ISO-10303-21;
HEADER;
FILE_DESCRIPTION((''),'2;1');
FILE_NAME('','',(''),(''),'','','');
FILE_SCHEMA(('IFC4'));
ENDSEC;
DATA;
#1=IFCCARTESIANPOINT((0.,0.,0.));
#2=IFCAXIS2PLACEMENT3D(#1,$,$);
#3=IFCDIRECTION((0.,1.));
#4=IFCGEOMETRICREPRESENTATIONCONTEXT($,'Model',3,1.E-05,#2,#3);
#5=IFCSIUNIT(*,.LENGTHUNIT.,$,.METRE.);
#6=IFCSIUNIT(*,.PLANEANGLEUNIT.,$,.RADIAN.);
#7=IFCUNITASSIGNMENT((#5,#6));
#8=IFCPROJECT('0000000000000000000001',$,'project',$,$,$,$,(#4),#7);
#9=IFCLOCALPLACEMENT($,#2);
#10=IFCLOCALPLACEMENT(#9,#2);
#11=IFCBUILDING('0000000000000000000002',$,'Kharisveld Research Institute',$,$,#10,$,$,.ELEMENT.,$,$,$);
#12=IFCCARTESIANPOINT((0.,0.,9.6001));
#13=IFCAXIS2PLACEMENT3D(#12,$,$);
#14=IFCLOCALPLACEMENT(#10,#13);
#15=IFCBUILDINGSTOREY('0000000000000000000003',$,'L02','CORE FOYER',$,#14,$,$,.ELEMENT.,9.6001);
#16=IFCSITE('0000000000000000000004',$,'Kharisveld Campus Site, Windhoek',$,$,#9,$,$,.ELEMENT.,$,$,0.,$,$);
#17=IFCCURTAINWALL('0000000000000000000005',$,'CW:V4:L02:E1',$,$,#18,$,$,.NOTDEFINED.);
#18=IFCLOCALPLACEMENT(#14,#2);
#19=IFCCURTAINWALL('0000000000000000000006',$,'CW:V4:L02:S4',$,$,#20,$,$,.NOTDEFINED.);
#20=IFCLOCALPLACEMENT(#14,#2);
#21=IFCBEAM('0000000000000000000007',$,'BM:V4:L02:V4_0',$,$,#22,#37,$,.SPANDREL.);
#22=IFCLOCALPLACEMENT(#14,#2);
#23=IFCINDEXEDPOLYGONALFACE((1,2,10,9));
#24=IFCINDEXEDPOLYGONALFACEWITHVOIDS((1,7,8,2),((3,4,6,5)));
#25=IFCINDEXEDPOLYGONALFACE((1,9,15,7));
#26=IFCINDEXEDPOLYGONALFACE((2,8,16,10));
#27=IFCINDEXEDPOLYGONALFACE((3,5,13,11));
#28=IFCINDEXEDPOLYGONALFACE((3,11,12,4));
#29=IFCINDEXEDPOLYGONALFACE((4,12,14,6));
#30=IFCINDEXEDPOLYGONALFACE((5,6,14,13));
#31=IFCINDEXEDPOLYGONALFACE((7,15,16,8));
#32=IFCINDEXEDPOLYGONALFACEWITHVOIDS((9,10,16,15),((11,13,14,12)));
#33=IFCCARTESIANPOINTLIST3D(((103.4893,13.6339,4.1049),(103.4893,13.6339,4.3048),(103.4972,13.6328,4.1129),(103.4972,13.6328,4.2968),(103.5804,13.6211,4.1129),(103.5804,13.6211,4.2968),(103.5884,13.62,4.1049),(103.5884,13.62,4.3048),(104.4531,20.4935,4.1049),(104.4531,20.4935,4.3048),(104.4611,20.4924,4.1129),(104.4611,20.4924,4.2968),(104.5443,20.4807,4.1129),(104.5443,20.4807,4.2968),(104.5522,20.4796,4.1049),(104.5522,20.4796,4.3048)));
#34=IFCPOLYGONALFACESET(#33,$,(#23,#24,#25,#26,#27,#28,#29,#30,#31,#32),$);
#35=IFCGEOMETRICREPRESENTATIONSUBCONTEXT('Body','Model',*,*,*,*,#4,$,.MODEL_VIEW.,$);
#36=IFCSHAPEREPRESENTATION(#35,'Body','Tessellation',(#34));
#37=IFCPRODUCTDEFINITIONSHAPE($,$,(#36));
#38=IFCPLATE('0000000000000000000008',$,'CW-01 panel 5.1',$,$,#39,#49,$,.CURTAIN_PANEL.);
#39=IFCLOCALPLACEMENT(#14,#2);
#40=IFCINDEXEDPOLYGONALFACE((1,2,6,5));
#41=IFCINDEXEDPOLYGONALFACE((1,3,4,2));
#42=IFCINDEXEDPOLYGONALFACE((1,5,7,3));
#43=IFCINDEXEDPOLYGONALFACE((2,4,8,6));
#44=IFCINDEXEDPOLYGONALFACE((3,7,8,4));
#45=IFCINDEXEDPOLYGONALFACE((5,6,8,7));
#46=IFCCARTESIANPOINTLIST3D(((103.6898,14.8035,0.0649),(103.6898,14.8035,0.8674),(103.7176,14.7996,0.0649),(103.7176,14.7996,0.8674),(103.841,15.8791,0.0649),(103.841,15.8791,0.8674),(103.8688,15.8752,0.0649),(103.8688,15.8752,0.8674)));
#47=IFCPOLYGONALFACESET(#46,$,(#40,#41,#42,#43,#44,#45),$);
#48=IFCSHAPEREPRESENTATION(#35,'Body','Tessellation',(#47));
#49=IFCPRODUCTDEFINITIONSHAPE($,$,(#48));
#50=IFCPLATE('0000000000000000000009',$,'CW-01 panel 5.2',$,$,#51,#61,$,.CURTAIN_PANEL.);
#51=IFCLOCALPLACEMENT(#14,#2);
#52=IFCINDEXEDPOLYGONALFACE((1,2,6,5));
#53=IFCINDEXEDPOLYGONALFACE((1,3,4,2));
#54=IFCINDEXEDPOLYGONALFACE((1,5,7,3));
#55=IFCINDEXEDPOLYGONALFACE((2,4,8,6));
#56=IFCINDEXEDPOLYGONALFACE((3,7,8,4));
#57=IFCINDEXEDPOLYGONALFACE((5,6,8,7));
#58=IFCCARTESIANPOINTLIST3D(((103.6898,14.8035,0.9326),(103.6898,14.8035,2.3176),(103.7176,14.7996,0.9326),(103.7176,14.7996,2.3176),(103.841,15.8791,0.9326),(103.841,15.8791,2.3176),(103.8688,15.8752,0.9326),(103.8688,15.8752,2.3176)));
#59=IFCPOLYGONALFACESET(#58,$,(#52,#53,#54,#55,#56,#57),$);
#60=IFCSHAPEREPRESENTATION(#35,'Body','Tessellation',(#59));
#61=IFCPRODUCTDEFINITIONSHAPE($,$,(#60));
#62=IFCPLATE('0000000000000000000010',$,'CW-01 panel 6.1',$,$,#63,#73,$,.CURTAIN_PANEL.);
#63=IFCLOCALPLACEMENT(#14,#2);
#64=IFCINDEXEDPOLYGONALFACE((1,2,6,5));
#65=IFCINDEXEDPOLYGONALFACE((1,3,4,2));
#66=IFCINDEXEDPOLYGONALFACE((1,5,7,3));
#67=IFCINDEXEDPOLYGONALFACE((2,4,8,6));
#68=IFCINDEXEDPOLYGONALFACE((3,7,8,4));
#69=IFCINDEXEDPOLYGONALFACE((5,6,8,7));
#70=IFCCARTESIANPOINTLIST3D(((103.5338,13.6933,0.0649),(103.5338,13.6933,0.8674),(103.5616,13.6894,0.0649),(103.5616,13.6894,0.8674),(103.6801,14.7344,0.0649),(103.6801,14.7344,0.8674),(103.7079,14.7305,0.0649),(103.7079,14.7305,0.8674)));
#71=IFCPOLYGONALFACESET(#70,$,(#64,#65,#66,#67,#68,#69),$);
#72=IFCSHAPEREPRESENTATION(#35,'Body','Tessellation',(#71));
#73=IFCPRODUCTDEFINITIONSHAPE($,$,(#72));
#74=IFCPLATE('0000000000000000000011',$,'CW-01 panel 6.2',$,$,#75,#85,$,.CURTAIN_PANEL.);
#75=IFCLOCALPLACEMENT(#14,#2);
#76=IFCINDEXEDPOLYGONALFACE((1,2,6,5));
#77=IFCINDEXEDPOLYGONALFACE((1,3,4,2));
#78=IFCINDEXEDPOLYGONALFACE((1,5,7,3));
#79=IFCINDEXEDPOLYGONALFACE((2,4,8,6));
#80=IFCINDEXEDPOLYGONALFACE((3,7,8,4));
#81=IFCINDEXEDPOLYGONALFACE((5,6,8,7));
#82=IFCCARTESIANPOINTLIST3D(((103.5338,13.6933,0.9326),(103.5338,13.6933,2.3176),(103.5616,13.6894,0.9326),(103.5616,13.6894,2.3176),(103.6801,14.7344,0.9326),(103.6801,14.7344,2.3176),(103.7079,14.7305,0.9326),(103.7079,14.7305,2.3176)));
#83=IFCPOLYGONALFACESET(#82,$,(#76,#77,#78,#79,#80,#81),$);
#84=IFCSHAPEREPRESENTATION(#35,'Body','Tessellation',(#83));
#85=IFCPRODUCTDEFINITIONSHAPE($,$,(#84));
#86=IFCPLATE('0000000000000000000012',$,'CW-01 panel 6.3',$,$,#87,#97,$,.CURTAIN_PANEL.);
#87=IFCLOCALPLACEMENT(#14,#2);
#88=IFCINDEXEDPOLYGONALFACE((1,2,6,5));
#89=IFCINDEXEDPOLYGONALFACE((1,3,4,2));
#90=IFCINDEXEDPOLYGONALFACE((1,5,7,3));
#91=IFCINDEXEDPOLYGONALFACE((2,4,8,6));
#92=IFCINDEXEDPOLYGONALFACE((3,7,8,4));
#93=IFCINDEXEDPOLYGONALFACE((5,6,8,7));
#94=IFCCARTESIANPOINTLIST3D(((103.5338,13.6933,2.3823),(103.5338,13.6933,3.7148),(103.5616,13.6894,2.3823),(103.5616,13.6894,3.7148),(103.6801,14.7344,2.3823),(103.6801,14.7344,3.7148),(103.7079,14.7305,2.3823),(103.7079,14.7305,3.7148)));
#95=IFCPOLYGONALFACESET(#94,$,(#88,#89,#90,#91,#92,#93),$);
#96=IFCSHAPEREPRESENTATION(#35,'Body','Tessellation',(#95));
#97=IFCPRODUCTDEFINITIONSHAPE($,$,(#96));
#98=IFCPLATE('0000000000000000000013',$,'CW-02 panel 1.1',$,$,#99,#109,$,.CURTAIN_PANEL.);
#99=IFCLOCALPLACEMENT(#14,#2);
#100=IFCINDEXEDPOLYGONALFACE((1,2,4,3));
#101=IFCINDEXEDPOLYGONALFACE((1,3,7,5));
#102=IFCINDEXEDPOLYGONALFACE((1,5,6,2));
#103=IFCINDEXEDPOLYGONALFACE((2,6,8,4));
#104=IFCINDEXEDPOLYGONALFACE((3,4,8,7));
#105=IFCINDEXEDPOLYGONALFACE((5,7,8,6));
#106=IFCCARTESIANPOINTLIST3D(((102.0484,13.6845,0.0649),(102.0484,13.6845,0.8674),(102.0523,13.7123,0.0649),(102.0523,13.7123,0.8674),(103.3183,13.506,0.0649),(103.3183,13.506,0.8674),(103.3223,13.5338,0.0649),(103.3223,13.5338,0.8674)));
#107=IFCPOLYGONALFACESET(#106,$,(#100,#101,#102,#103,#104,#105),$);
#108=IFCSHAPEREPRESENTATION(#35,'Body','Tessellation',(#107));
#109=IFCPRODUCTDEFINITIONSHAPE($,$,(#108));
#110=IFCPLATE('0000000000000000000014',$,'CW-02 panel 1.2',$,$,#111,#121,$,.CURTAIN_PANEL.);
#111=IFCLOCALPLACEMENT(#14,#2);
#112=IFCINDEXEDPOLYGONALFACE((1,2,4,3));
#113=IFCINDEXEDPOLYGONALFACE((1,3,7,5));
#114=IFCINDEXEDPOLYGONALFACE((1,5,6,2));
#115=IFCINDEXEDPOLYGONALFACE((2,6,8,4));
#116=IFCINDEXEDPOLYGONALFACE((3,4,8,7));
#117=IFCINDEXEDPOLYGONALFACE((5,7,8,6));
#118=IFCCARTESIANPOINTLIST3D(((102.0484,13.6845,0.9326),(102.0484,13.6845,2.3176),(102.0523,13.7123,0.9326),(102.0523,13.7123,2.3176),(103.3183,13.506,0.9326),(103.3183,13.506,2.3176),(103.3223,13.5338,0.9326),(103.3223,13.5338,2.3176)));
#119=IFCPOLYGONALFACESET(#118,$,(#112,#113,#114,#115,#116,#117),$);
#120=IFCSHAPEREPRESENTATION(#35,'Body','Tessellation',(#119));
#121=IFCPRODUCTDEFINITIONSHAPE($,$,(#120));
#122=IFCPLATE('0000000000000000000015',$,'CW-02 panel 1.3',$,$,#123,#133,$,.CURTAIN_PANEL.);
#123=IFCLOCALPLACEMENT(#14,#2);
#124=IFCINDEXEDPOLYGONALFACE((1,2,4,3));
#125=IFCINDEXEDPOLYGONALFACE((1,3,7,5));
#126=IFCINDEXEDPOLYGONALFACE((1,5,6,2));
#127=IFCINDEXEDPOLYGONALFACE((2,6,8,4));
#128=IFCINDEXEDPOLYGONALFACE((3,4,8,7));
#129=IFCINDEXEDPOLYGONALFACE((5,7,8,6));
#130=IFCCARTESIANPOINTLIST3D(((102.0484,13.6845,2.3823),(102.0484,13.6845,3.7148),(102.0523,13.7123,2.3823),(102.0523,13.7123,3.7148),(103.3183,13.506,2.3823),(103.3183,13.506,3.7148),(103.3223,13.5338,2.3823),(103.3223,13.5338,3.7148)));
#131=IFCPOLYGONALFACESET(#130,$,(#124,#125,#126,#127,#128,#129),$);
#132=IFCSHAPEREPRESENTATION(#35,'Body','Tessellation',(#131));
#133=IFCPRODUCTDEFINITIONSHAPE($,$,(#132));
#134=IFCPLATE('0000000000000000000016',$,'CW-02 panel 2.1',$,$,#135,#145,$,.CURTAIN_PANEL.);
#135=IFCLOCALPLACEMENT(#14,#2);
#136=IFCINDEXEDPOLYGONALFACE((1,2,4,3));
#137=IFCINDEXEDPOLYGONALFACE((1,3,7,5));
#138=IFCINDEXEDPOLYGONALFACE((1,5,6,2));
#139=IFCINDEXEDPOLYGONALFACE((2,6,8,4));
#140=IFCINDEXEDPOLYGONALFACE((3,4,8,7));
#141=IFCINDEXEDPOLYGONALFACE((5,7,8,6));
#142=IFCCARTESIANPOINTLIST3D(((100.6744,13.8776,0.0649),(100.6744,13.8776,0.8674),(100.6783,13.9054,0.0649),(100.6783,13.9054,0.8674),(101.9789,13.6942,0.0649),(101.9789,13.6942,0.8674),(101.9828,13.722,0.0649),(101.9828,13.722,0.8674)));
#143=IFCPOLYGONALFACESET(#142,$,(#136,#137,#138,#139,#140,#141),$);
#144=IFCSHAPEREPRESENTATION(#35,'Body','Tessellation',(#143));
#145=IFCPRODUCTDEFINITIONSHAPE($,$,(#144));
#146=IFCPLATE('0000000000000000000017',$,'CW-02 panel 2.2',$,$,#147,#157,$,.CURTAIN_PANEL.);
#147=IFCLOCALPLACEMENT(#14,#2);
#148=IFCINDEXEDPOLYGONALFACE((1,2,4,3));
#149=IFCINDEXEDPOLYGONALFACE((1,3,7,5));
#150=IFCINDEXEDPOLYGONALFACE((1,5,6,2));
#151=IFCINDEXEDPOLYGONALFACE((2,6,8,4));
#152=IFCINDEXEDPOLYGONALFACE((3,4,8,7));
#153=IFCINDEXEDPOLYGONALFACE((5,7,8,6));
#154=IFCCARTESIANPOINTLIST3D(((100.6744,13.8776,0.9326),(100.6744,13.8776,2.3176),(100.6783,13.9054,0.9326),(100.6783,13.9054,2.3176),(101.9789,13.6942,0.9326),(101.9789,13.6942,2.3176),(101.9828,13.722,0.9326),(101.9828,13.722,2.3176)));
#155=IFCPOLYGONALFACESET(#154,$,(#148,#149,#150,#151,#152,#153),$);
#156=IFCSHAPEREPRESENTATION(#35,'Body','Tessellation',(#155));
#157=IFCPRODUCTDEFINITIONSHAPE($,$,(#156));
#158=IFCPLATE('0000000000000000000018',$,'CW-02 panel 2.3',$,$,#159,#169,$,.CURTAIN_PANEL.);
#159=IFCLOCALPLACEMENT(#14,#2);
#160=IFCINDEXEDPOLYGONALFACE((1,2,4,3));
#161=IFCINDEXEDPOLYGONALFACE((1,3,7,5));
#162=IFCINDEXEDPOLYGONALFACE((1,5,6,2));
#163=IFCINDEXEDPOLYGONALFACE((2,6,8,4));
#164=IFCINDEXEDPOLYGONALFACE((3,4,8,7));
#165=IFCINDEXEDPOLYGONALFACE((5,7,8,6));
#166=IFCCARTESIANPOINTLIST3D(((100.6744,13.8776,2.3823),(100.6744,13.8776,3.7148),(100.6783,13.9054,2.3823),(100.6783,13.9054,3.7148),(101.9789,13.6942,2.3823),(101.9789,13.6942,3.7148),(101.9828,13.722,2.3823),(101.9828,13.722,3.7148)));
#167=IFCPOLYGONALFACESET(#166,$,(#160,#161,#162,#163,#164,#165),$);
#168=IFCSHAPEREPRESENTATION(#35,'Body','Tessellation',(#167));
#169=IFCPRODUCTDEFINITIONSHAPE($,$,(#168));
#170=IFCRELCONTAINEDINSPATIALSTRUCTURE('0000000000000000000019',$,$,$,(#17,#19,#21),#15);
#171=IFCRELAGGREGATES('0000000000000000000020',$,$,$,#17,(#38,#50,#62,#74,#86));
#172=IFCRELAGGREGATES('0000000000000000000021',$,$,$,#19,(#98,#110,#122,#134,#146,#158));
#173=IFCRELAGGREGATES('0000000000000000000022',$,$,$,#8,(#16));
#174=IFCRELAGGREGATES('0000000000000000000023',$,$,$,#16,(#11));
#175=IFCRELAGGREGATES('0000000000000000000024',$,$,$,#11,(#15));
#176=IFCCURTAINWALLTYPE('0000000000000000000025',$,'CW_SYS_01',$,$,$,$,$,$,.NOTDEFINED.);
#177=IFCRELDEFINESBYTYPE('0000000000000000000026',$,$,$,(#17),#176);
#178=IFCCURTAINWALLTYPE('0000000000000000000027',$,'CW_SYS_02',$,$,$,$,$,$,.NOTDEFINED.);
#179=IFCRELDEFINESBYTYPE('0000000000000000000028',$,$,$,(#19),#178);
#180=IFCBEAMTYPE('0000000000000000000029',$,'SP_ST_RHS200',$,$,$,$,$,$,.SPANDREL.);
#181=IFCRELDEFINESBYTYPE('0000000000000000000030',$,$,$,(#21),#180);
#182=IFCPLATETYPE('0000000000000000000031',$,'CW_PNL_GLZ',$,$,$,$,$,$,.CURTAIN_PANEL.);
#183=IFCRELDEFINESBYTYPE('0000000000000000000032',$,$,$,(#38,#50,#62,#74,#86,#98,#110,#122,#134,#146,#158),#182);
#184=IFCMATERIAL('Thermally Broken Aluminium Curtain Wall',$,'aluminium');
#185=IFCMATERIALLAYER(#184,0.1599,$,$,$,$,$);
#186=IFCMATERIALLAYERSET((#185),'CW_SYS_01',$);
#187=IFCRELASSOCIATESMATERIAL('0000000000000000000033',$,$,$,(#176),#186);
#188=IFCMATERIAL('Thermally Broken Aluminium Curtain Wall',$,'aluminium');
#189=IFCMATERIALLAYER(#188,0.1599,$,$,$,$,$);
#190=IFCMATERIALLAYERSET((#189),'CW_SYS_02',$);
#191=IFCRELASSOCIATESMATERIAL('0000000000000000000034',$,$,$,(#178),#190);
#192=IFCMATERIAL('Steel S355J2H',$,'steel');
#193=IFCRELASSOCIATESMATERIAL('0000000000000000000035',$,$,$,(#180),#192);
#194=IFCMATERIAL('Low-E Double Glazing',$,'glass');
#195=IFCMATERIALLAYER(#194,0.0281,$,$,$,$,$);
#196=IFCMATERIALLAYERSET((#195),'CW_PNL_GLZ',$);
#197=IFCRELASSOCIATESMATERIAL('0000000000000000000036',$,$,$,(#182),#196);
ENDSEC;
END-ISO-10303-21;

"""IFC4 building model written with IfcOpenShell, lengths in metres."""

from ifc_helpers import new_model, si_unit, direction, frame, origin, origin_2d, place, context, subcontext, project, spatial, rectangle, hollow_rectangle, extrude, material, layer, layer_set, material_profile, profile_set, type_object, element, aggregate, save


model = new_model("IFC4")

# Units and contexts
model_context = context("Model", 3, precision=1e-05, world=origin(), true_north=direction((0.0, 1.0)))
body_context = subcontext(model_context, "Body", "Model", "MODEL_VIEW")
ifc_project = project(units=[si_unit("LENGTHUNIT", "METRE"), si_unit("PLANEANGLEUNIT", "RADIAN")], contexts=[model_context])

# Site, building, storey
site_placement = place(None, origin())
site = spatial("IfcSite", under=ifc_project, at=site_placement, Name="Kharisveld Campus Site, Windhoek", CompositionType="ELEMENT", RefElevation=0.0)
building_placement = place(site_placement, origin())
building = spatial("IfcBuilding", under=site, at=building_placement, Name="Kharisveld Research Institute", CompositionType="ELEMENT")
storey_placement = place(building_placement, frame((0.0, 0.0, 9.6001)))
storey = spatial("IfcBuildingStorey", under=building, at=storey_placement, Name="L02", Description="CORE FOYER", CompositionType="ELEMENT", Elevation=9.6001)

# Curtain walls
ifc_material_1 = material(Name="Thermally Broken Aluminium Curtain Wall", Category="aluminium")
ifc_layer_1 = layer(ifc_material_1, 0.1599)
ifc_layer_set_1 = layer_set([ifc_layer_1], Name="CW_SYS_01")
curtain_wall_type_1 = type_object("IfcCurtainWallType", Name="CW_SYS_01", PredefinedType="NOTDEFINED", material=ifc_layer_set_1)
curtain_wall_1_placement = place(storey_placement, origin())
curtain_wall_1 = element("IfcCurtainWall", 1, at=curtain_wall_1_placement, inside=storey, type_object=curtain_wall_type_1, Name="CW:V4:L02:E1", PredefinedType="NOTDEFINED")
ifc_material_2 = material(Name="Thermally Broken Aluminium Curtain Wall", Category="aluminium")
ifc_layer_2 = layer(ifc_material_2, 0.1599)
ifc_layer_set_2 = layer_set([ifc_layer_2], Name="CW_SYS_02")
curtain_wall_type_2 = type_object("IfcCurtainWallType", Name="CW_SYS_02", PredefinedType="NOTDEFINED", material=ifc_layer_set_2)
curtain_wall_2_placement = place(storey_placement, origin())
curtain_wall_2 = element("IfcCurtainWall", 2, at=curtain_wall_2_placement, inside=storey, type_object=curtain_wall_type_2, Name="CW:V4:L02:S4", PredefinedType="NOTDEFINED")

# Beam
ifc_material_3 = material(Name="Steel S355J2H", Category="steel")
ifc_material_profile_1 = material_profile(ifc_material_3, hollow_rectangle(XDim=0.1001, YDim=0.2, WallThickness=0.0081, at=origin_2d()))
ifc_profile_set_1 = profile_set([ifc_material_profile_1], Name="Steel S355J2H")
beam_type = type_object("IfcBeamType", Name="SP_ST_RHS200", PredefinedType="SPANDREL", material=ifc_profile_set_1)
beam_placement = place(storey_placement, frame((103.5388, 13.627, 4.2048), z_axis=(0.139146, 0.990272, 0.0), x_axis=(-0.990272, 0.139146, 0.0)))
element("IfcBeam", 3, at=beam_placement, inside=storey, type_object=beam_type, Name="BM:V4:L02:V4_0", PredefinedType="SPANDREL", context=body_context, shape_type="SweptSolid", body=[
    extrude(hollow_rectangle(XDim=0.1001, YDim=0.2, WallThickness=0.0081, at=origin_2d()), origin(), (0.0, 0.0, 1.0), 6.927),
])

# Plates
ifc_material_4 = material(Name="Low-E Double Glazing", Category="glass")
ifc_layer_3 = layer(ifc_material_4, 0.0281)
ifc_layer_set_3 = layer_set([ifc_layer_3], Name="CW_PNL_GLZ")
plate_type = type_object("IfcPlateType", Name="CW_PNL_GLZ", PredefinedType="CURTAIN_PANEL", material=ifc_layer_set_3)
plate_1_placement = place(storey_placement, frame((103.7793, 15.3394, 0.0649), z_axis=(0.0, 0.0, 1.0), x_axis=(-0.139173, -0.990268, 0.0)))
plate_1 = element("IfcPlate", 4, at=plate_1_placement, type_object=plate_type, Name="CW-01 panel 5.1", PredefinedType="CURTAIN_PANEL", context=body_context, shape_type="SweptSolid", body=[
    extrude(rectangle(XDim=1.0862, YDim=0.0281, at=origin_2d()), origin(), (0.0, 0.0, 1.0), 0.8025),
])
plate_2_placement = place(storey_placement, frame((103.7793, 15.3394, 0.9326), z_axis=(0.0, 0.0, 1.0), x_axis=(-0.139173, -0.990268, 0.0)))
plate_2 = element("IfcPlate", 5, at=plate_2_placement, type_object=plate_type, Name="CW-01 panel 5.2", PredefinedType="CURTAIN_PANEL", context=body_context, shape_type="SweptSolid", body=[
    extrude(rectangle(XDim=1.0862, YDim=0.0281, at=origin_2d()), origin(), (0.0, 0.0, 1.0), 1.385),
])
plate_3_placement = place(storey_placement, frame((103.6208, 14.2119, 0.0649), z_axis=(0.0, 0.0, 1.0), x_axis=(-0.139173, -0.990268, 0.0)))
plate_3 = element("IfcPlate", 6, at=plate_3_placement, type_object=plate_type, Name="CW-01 panel 6.1", PredefinedType="CURTAIN_PANEL", context=body_context, shape_type="SweptSolid", body=[
    extrude(rectangle(XDim=1.0513, YDim=0.0281, at=origin_2d()), origin(), (0.0, 0.0, 1.0), 0.8025),
])
plate_4_placement = place(storey_placement, frame((103.6208, 14.2119, 0.9326), z_axis=(0.0, 0.0, 1.0), x_axis=(-0.139173, -0.990268, 0.0)))
plate_4 = element("IfcPlate", 7, at=plate_4_placement, type_object=plate_type, Name="CW-01 panel 6.2", PredefinedType="CURTAIN_PANEL", context=body_context, shape_type="SweptSolid", body=[
    extrude(rectangle(XDim=1.0513, YDim=0.0281, at=origin_2d()), origin(), (0.0, 0.0, 1.0), 1.385),
])
plate_5_placement = place(storey_placement, frame((103.6208, 14.2119, 2.3823), z_axis=(0.0, 0.0, 1.0), x_axis=(-0.139173, -0.990268, 0.0)))
plate_5 = element("IfcPlate", 8, at=plate_5_placement, type_object=plate_type, Name="CW-01 panel 6.3", PredefinedType="CURTAIN_PANEL", context=body_context, shape_type="SweptSolid", body=[
    extrude(rectangle(XDim=1.0513, YDim=0.0281, at=origin_2d()), origin(), (0.0, 0.0, 1.0), 1.3325),
])
aggregate(curtain_wall_1, [plate_1, plate_2, plate_3, plate_4, plate_5])
plate_6_placement = place(storey_placement, frame((102.6853, 13.6091, 0.0649), z_axis=(0.0, 0.0, 1.0), x_axis=(-0.990268, 0.139173, 0.0)))
plate_6 = element("IfcPlate", 9, at=plate_6_placement, type_object=plate_type, Name="CW-02 panel 1.1", PredefinedType="CURTAIN_PANEL", context=body_context, shape_type="SweptSolid", body=[
    extrude(rectangle(XDim=1.2825, YDim=0.0281, at=origin_2d()), origin(), (0.0, 0.0, 1.0), 0.8025),
])
plate_7_placement = place(storey_placement, frame((102.6853, 13.6091, 0.9326), z_axis=(0.0, 0.0, 1.0), x_axis=(-0.990268, 0.139173, 0.0)))
plate_7 = element("IfcPlate", 10, at=plate_7_placement, type_object=plate_type, Name="CW-02 panel 1.2", PredefinedType="CURTAIN_PANEL", context=body_context, shape_type="SweptSolid", body=[
    extrude(rectangle(XDim=1.2825, YDim=0.0281, at=origin_2d()), origin(), (0.0, 0.0, 1.0), 1.385),
])
plate_8_placement = place(storey_placement, frame((102.6853, 13.6091, 2.3823), z_axis=(0.0, 0.0, 1.0), x_axis=(-0.990268, 0.139173, 0.0)))
plate_8 = element("IfcPlate", 11, at=plate_8_placement, type_object=plate_type, Name="CW-02 panel 1.3", PredefinedType="CURTAIN_PANEL", context=body_context, shape_type="SweptSolid", body=[
    extrude(rectangle(XDim=1.2825, YDim=0.0281, at=origin_2d()), origin(), (0.0, 0.0, 1.0), 1.3325),
])
plate_9_placement = place(storey_placement, frame((101.3286, 13.7998, 0.0649), z_axis=(0.0, 0.0, 1.0), x_axis=(-0.990268, 0.139173, 0.0)))
plate_9 = element("IfcPlate", 12, at=plate_9_placement, type_object=plate_type, Name="CW-02 panel 2.1", PredefinedType="CURTAIN_PANEL", context=body_context, shape_type="SweptSolid", body=[
    extrude(rectangle(XDim=1.3174, YDim=0.0281, at=origin_2d()), origin(), (0.0, 0.0, 1.0), 0.8025),
])
plate_10_placement = place(storey_placement, frame((101.3286, 13.7998, 0.9326), z_axis=(0.0, 0.0, 1.0), x_axis=(-0.990268, 0.139173, 0.0)))
plate_10 = element("IfcPlate", 13, at=plate_10_placement, type_object=plate_type, Name="CW-02 panel 2.2", PredefinedType="CURTAIN_PANEL", context=body_context, shape_type="SweptSolid", body=[
    extrude(rectangle(XDim=1.3174, YDim=0.0281, at=origin_2d()), origin(), (0.0, 0.0, 1.0), 1.385),
])
plate_11_placement = place(storey_placement, frame((101.3286, 13.7998, 2.3823), z_axis=(0.0, 0.0, 1.0), x_axis=(-0.990268, 0.139173, 0.0)))
plate_11 = element("IfcPlate", 14, at=plate_11_placement, type_object=plate_type, Name="CW-02 panel 2.3", PredefinedType="CURTAIN_PANEL", context=body_context, shape_type="SweptSolid", body=[
    extrude(rectangle(XDim=1.3174, YDim=0.0281, at=origin_2d()), origin(), (0.0, 0.0, 1.0), 1.3325),
])
aggregate(curtain_wall_2, [plate_6, plate_7, plate_8, plate_9, plate_10, plate_11])

save(model, "model.ifc")
